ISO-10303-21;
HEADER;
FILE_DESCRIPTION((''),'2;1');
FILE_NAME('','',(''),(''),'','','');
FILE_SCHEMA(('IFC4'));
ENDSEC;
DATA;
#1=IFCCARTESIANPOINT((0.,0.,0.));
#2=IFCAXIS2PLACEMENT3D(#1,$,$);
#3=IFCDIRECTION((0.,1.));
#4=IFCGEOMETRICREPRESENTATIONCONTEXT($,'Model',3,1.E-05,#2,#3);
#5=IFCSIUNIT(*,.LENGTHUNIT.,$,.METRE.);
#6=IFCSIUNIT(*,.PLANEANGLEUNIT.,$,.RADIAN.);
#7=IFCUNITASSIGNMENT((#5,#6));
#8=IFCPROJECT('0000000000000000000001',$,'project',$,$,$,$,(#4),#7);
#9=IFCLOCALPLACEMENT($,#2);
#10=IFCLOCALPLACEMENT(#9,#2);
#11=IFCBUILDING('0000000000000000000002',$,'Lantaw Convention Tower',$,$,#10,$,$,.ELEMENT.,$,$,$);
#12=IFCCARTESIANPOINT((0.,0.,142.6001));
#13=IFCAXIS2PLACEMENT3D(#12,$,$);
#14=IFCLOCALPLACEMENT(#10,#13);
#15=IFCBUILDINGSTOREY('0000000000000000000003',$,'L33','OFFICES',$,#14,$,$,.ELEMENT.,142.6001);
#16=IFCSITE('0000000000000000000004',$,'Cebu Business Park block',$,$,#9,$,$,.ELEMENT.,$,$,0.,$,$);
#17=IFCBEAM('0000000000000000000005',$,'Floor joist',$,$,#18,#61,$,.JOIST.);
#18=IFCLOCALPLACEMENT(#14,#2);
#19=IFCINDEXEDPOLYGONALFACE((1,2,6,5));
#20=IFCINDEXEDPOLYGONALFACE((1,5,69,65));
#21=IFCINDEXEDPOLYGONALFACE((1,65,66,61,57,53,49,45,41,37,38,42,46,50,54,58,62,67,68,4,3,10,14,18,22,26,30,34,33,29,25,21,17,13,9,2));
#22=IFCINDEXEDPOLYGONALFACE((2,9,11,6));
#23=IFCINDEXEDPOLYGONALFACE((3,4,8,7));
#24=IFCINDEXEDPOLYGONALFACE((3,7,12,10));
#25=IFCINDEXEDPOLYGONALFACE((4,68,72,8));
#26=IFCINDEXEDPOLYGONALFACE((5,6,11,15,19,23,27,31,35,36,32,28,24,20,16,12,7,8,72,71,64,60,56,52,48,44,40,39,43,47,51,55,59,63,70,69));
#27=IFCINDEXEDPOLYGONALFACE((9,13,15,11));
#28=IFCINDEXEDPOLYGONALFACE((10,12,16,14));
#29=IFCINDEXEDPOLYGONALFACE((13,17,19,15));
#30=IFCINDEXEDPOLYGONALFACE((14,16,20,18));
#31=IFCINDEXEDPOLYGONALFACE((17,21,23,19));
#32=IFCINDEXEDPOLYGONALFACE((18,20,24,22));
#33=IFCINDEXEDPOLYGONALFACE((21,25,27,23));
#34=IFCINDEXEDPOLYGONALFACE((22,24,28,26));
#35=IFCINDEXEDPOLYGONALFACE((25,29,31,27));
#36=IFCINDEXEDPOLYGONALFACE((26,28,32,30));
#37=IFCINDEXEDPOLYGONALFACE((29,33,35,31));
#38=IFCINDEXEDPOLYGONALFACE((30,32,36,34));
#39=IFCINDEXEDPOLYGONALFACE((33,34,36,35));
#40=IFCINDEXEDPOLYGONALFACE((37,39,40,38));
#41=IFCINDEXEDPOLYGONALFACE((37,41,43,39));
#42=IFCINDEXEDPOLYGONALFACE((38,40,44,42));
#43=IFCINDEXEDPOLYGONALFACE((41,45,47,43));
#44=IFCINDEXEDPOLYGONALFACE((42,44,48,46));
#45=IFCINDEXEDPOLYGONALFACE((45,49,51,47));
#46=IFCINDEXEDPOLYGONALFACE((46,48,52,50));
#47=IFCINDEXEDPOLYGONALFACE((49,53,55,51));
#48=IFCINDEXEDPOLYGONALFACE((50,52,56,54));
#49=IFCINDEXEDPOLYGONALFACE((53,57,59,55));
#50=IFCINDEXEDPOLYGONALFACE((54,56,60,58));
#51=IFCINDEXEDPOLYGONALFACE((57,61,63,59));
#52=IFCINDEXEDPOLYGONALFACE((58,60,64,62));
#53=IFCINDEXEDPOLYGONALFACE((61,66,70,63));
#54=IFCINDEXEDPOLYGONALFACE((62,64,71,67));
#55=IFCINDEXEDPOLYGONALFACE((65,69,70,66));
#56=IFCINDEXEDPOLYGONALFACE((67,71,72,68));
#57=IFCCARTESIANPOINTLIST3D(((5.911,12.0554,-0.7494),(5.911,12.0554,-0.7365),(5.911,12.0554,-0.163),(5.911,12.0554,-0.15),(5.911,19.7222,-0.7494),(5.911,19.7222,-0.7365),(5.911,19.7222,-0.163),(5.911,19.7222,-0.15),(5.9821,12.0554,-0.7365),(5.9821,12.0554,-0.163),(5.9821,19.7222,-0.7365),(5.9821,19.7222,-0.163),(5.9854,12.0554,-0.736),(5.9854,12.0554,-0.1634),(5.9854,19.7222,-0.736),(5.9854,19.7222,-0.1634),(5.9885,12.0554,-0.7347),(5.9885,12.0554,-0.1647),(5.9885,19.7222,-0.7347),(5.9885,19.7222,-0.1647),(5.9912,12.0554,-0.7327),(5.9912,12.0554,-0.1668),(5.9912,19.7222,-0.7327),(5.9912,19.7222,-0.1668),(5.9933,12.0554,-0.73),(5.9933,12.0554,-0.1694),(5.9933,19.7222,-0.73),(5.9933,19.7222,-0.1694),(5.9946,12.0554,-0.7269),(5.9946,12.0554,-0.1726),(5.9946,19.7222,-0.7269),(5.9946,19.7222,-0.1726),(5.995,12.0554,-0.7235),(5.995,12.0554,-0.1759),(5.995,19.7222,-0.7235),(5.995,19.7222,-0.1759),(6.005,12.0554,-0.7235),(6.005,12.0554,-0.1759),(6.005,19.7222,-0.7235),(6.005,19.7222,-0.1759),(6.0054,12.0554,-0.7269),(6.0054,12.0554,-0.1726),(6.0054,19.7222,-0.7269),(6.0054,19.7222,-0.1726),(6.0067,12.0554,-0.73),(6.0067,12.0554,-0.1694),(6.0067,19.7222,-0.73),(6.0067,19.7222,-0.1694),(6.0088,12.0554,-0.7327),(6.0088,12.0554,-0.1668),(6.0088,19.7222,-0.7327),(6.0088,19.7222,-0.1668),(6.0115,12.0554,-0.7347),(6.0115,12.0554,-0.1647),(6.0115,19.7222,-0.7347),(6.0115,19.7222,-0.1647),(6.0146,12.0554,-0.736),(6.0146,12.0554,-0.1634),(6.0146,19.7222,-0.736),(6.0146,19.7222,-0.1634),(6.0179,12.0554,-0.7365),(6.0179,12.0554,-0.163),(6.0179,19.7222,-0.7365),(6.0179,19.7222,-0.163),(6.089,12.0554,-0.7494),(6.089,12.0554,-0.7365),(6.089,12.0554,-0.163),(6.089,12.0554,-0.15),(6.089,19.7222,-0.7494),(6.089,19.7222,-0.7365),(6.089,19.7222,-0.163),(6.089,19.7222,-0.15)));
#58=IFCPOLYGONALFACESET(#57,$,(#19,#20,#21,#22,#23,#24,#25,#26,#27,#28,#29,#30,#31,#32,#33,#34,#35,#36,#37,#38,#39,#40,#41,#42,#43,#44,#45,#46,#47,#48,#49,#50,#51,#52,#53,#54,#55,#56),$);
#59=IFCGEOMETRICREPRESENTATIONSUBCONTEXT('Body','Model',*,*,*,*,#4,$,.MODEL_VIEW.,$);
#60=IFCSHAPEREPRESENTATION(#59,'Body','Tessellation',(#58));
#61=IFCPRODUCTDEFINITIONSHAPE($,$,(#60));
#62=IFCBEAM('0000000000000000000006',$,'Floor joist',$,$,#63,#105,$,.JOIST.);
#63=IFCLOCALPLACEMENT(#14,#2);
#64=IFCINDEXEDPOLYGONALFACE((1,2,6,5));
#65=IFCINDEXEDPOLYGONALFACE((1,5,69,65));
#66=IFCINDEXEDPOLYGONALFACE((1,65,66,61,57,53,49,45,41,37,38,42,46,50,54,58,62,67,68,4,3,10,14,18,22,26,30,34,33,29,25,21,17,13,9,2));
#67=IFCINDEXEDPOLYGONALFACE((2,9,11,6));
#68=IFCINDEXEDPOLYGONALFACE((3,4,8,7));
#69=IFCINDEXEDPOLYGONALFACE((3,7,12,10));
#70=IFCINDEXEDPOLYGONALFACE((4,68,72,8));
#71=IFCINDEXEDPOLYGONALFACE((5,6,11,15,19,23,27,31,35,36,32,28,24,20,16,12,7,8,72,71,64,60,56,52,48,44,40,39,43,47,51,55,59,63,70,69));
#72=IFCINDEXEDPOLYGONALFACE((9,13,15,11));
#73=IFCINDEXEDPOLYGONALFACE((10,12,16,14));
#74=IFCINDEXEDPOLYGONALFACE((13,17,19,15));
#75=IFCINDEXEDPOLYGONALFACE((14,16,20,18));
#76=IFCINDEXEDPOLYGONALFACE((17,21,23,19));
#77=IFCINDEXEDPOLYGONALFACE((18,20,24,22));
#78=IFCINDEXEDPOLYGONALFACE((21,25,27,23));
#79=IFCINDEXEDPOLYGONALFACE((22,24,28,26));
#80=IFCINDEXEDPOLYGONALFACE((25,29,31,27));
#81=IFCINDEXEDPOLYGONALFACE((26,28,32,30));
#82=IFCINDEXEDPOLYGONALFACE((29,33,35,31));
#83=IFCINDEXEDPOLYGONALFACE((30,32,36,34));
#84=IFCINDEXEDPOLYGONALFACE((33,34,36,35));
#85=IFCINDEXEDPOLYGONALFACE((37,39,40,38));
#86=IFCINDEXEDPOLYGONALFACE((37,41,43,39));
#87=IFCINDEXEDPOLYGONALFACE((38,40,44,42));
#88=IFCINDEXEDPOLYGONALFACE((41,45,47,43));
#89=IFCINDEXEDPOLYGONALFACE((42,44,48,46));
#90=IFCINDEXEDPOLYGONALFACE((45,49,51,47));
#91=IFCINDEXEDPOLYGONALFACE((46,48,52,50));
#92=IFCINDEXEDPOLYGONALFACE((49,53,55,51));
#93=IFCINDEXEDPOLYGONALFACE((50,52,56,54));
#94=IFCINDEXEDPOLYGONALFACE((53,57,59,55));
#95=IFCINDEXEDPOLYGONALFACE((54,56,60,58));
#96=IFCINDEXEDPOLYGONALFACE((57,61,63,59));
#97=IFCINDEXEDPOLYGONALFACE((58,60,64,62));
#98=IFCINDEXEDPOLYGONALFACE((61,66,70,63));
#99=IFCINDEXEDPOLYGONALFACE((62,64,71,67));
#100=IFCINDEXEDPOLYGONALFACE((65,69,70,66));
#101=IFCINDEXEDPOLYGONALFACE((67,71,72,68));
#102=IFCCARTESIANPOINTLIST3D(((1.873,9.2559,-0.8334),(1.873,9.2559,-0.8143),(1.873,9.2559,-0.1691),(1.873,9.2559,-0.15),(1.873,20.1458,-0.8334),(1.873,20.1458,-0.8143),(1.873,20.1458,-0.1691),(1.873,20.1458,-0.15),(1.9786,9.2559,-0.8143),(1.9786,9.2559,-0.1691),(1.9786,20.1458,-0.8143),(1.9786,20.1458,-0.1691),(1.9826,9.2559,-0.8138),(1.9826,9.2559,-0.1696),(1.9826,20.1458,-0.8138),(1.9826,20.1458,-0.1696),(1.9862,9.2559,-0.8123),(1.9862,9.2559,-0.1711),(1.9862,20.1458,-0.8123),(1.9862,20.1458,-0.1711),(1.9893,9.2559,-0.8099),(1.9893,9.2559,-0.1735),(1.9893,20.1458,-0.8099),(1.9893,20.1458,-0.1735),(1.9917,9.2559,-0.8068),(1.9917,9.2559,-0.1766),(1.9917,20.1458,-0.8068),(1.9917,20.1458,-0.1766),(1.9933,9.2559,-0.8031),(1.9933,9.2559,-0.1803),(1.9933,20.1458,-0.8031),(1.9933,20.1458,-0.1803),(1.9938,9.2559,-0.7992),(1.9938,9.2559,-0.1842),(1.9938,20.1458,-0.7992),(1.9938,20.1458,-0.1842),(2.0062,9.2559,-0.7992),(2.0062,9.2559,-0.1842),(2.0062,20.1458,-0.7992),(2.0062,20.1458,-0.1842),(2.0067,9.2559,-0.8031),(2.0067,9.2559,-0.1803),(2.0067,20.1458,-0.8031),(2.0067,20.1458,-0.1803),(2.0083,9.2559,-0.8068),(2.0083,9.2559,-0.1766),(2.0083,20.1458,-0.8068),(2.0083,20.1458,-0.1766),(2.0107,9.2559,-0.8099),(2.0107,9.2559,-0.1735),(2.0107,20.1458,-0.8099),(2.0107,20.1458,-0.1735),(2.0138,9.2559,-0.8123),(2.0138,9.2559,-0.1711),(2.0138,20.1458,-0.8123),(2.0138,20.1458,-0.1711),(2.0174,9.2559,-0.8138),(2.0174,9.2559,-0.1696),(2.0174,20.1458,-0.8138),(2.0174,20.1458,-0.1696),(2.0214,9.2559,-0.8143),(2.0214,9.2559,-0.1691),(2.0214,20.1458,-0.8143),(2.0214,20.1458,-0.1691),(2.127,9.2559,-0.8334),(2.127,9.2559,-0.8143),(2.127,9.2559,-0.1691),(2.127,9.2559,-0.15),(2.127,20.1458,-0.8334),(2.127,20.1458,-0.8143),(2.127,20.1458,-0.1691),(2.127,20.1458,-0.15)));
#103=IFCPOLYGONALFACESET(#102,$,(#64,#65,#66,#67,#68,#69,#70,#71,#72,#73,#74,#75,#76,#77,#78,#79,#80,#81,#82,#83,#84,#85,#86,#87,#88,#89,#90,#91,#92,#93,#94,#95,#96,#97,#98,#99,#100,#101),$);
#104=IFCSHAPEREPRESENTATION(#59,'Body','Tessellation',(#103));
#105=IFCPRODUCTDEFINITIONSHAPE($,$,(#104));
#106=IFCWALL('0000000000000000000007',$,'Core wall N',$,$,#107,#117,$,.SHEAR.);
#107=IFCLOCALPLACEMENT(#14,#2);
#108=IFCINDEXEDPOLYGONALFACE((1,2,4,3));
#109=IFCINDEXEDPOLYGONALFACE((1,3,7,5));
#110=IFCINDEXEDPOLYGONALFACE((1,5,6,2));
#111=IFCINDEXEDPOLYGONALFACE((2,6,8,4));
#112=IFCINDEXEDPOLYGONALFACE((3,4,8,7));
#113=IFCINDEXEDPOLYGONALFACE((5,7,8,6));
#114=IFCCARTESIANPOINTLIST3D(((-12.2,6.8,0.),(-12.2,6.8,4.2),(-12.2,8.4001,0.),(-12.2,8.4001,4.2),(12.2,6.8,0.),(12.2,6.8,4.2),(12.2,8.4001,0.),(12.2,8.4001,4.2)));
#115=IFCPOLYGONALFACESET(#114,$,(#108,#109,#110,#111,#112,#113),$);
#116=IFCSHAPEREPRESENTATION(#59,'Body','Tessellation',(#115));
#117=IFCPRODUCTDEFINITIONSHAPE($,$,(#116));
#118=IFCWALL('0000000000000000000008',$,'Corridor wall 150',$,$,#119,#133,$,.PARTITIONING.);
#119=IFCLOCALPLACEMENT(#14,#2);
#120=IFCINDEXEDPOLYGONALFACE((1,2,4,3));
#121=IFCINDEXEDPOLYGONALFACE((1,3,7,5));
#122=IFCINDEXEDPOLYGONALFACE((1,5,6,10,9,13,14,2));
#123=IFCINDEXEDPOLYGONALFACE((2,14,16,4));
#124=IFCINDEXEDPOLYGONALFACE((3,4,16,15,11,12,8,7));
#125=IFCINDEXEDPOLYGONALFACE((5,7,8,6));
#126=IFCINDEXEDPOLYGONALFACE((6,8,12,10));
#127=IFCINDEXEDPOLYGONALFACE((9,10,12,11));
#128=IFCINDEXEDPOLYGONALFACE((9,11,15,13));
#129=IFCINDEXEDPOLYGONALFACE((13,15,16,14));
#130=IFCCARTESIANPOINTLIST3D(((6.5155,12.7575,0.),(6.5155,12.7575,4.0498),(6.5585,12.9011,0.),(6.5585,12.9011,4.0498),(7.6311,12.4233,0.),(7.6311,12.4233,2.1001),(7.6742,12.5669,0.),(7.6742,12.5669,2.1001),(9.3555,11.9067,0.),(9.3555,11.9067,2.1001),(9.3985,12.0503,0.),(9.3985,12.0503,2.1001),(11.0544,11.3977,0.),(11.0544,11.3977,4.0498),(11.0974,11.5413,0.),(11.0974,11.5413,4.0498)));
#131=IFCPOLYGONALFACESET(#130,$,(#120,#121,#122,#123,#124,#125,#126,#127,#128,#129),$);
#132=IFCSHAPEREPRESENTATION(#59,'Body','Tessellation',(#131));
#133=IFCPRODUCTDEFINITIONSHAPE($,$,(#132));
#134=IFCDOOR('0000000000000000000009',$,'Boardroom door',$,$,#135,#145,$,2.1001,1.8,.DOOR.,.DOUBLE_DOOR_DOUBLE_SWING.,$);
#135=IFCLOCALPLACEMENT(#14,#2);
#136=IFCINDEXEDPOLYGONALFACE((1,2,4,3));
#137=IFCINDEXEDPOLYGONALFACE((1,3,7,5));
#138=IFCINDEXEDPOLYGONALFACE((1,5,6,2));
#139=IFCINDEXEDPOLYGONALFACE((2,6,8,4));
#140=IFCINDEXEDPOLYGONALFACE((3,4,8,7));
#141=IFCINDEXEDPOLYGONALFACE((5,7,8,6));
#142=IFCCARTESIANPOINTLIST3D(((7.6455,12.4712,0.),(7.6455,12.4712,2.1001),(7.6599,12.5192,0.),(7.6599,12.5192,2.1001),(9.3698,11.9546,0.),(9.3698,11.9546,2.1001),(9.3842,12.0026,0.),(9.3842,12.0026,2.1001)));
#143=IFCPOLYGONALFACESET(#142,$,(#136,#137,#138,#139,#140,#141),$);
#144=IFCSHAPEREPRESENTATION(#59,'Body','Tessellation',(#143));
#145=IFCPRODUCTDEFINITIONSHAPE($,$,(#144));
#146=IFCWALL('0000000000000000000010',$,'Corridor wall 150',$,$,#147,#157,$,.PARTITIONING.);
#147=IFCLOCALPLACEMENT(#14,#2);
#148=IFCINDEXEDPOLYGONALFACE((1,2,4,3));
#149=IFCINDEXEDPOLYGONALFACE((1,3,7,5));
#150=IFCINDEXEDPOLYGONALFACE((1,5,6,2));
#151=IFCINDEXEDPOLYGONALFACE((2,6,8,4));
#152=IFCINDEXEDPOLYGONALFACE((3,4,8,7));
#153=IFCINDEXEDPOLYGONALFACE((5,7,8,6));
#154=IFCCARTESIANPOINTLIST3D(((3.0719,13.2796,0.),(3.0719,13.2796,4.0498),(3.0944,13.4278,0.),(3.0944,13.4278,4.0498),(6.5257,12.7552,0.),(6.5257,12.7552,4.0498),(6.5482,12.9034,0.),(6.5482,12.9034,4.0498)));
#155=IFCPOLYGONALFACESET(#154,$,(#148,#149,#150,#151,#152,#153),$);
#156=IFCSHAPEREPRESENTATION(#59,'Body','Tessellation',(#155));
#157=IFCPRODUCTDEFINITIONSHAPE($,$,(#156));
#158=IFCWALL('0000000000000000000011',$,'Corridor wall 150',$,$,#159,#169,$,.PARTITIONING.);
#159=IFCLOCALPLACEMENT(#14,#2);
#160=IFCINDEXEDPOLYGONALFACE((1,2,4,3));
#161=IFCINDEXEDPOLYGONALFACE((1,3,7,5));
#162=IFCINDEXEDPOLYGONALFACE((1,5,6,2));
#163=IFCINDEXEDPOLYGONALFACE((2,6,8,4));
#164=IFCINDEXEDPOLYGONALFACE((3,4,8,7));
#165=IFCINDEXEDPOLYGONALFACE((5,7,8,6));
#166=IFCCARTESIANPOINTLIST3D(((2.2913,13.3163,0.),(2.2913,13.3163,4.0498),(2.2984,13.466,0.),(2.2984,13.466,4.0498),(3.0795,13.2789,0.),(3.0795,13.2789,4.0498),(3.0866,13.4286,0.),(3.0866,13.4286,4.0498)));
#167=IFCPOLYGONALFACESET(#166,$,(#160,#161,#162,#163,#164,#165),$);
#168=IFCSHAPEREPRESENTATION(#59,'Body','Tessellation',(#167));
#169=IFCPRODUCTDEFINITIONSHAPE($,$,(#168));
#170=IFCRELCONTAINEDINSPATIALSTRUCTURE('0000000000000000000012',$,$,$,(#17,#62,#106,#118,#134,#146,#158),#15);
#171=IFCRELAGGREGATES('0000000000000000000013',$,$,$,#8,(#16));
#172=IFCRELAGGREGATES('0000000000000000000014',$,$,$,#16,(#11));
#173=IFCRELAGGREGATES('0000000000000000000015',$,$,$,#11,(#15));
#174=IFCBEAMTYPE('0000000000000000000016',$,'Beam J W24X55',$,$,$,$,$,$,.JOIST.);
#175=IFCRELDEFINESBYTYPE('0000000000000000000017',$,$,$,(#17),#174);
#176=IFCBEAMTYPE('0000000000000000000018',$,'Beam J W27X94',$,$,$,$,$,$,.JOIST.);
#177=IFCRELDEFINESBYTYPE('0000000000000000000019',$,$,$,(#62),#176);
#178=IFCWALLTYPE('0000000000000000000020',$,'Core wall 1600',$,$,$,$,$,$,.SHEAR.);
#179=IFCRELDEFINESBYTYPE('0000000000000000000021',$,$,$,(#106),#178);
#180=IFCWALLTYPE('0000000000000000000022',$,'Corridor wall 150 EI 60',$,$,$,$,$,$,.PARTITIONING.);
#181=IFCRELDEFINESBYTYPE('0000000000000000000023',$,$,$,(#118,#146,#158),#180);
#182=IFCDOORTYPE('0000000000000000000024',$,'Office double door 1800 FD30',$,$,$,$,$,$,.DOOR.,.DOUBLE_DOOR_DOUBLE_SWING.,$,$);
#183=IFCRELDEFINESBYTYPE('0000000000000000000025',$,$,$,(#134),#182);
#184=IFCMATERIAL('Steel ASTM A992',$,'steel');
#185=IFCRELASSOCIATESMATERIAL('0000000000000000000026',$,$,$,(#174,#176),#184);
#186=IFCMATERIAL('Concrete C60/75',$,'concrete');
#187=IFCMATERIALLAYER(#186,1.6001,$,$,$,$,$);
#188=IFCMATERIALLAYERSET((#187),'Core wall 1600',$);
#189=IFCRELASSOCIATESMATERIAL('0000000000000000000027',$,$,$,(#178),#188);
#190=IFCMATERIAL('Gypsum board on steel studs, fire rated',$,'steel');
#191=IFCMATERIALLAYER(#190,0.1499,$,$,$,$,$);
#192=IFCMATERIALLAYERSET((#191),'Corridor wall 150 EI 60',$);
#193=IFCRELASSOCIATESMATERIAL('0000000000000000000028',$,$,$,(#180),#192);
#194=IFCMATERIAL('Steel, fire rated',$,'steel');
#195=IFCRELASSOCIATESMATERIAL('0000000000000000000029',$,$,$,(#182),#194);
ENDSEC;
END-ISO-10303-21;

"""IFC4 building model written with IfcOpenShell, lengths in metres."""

from ifc_helpers import new_model, si_unit, direction, frame, frame_2d, origin, origin_2d, place, context, subcontext, project, spatial, rectangle, i_section, extrude, material, layer, layer_set, material_profile, profile_set, type_object, element, fill, save


model = new_model("IFC4")

# Units and contexts
model_context = context("Model", 3, precision=1e-05, world=origin(), true_north=direction((0.0, 1.0)))
body_context = subcontext(model_context, "Body", "Model", "MODEL_VIEW")
ifc_project = project(units=[si_unit("LENGTHUNIT", "METRE"), si_unit("PLANEANGLEUNIT", "RADIAN")], contexts=[model_context])

# Site, building, storey
site_placement = place(None, origin())
site = spatial("IfcSite", under=ifc_project, at=site_placement, Name="Cebu Business Park block", CompositionType="ELEMENT", RefElevation=0.0)
building_placement = place(site_placement, origin())
building = spatial("IfcBuilding", under=site, at=building_placement, Name="Lantaw Convention Tower", CompositionType="ELEMENT")
storey_placement = place(building_placement, frame((0.0, 0.0, 142.6001)))
storey = spatial("IfcBuildingStorey", under=building, at=storey_placement, Name="L33", Description="OFFICES", CompositionType="ELEMENT", Elevation=142.6001)

# Beams
ifc_material_1 = material(Name="Steel ASTM A992", Category="steel")
ifc_material_profile_1 = material_profile(ifc_material_1, i_section(OverallWidth=0.178, OverallDepth=0.5994, WebThickness=0.01, FlangeThickness=0.0129, FilletRadius=0.0129, at=origin_2d()), Name="W24X55")
ifc_profile_set_1 = profile_set([ifc_material_profile_1], Name="Steel ASTM A992")
beam_type_1 = type_object("IfcBeamType", Name="Beam J W24X55", PredefinedType="JOIST", material=ifc_profile_set_1)
beam_1_placement = place(storey_placement, frame((6.0, 12.0554, -0.4497), z_axis=(0.0, 1.0, 0.0), x_axis=(-1.0, 0.0, 0.0)))
element("IfcBeam", 1, at=beam_1_placement, inside=storey, type_object=beam_type_1, Name="Floor joist", PredefinedType="JOIST", context=body_context, shape_type="SweptSolid", body=[
    extrude(i_section(OverallWidth=0.178, OverallDepth=0.5994, WebThickness=0.01, FlangeThickness=0.0129, FilletRadius=0.0129, at=origin_2d()), origin(), (0.0, 0.0, 1.0), 7.6667),
])
ifc_material_profile_2 = material_profile(ifc_material_1, i_section(OverallWidth=0.2539, OverallDepth=0.6833, WebThickness=0.0125, FlangeThickness=0.019, FilletRadius=0.0151, at=origin_2d()), Name="W27X94")
ifc_profile_set_2 = profile_set([ifc_material_profile_2], Name="Steel ASTM A992")
beam_type_2 = type_object("IfcBeamType", Name="Beam J W27X94", PredefinedType="JOIST", material=ifc_profile_set_2)
beam_2_placement = place(storey_placement, frame((2.0, 9.2559, -0.4917), z_axis=(0.0, 1.0, 0.0), x_axis=(-1.0, 0.0, 0.0)))
element("IfcBeam", 2, at=beam_2_placement, inside=storey, type_object=beam_type_2, Name="Floor joist", PredefinedType="JOIST", context=body_context, shape_type="SweptSolid", body=[
    extrude(i_section(OverallWidth=0.2539, OverallDepth=0.6833, WebThickness=0.0125, FlangeThickness=0.019, FilletRadius=0.0151, at=origin_2d()), origin(), (0.0, 0.0, 1.0), 10.8899),
])

# Wall
ifc_material_2 = material(Name="Concrete C60/75", Category="concrete")
ifc_layer_1 = layer(ifc_material_2, 1.6001)
ifc_layer_set_1 = layer_set([ifc_layer_1], Name="Core wall 1600")
wall_type_1 = type_object("IfcWallType", Name="Core wall 1600", PredefinedType="SHEAR", material=ifc_layer_set_1)
wall_1_placement = place(storey_placement, frame((12.2, 7.6001, 0.0), z_axis=(0.0, 0.0, 1.0), x_axis=(-1.0, 0.0, 0.0)))
element("IfcWall", 3, at=wall_1_placement, inside=storey, type_object=wall_type_1, Name="Core wall N", PredefinedType="SHEAR", context=body_context, shape_type="SweptSolid", body=[
    extrude(rectangle(XDim=24.3999, YDim=1.6001, at=frame_2d((12.2, 0.0))), origin(), (0.0, 0.0, 1.0), 4.2),
])

# Wall, opening, door
ifc_material_3 = material(Name="Gypsum board on steel studs, fire rated", Category="steel")
ifc_layer_2 = layer(ifc_material_3, 0.1499)
ifc_layer_set_2 = layer_set([ifc_layer_2], Name="Corridor wall 150 EI 60")
wall_type_2 = type_object("IfcWallType", Name="Corridor wall 150 EI 60", PredefinedType="PARTITIONING", material=ifc_layer_set_2)
wall_2_placement = place(storey_placement, frame((11.0759, 11.4695, 0.0), z_axis=(0.0, 0.0, 1.0), x_axis=(-0.957934, 0.286989, 0.0)))
wall_2 = element("IfcWall", 4, at=wall_2_placement, inside=storey, type_object=wall_type_2, Name="Corridor wall 150", PredefinedType="PARTITIONING", context=body_context, shape_type="SweptSolid", body=[
    extrude(rectangle(XDim=4.7383, YDim=0.1499, at=frame_2d((2.3691, 0.0))), origin(), (0.0, 0.0, 1.0), 4.0498),
])
opening_1_placement = place(wall_2_placement, frame((1.7737, 0.0, 0.0)))
opening_1 = element("IfcOpeningElement", 5, at=opening_1_placement, cuts=wall_2, PredefinedType="OPENING", context=body_context, shape_type="SweptSolid", body=[
    extrude(rectangle(XDim=1.8, YDim=2.1001, at=frame_2d((0.8999, 1.05))), frame((0.0, 0.085, 0.0), z_axis=(0.0, -1.0, 0.0), x_axis=(1.0, 0.0, 0.0)), (0.0, 0.0, 1.0), 0.1699),
])
ifc_material_4 = material(Name="Steel, fire rated", Category="steel")
door_type_1 = type_object("IfcDoorType", Name="Office double door 1800 FD30", OperationType="DOUBLE_DOOR_DOUBLE_SWING", PredefinedType="DOOR", material=ifc_material_4)
door_1_placement = place(opening_1_placement, origin())
door_1 = element("IfcDoor", 6, at=door_1_placement, inside=storey, type_object=door_type_1, Name="Boardroom door", OperationType="DOUBLE_DOOR_DOUBLE_SWING", OverallHeight=2.1001, OverallWidth=1.8, PredefinedType="DOOR", context=body_context, shape_type="SweptSolid", body=[
    extrude(rectangle(XDim=1.8, YDim=2.1001, at=frame_2d((0.8999, 1.05))), frame((0.0, 0.0249, 0.0), z_axis=(0.0, -1.0, 0.0), x_axis=(1.0, 0.0, 0.0)), (0.0, 0.0, 1.0), 0.05),
])
fill(opening_1, door_1)

# Walls
wall_3_placement = place(storey_placement, frame((6.5369, 12.8293, 0.0), z_axis=(0.0, 0.0, 1.0), x_axis=(-0.988669, 0.150114, 0.0)))
element("IfcWall", 7, at=wall_3_placement, inside=storey, type_object=wall_type_2, Name="Corridor wall 150", PredefinedType="PARTITIONING", context=body_context, shape_type="SweptSolid", body=[
    extrude(rectangle(XDim=3.4934, YDim=0.1499, at=frame_2d((1.7466, 0.0))), origin(), (0.0, 0.0, 1.0), 4.0498),
])
wall_4_placement = place(storey_placement, frame((3.083, 13.3538, 0.0), z_axis=(0.0, 0.0, 1.0), x_axis=(-0.998879, 0.047345, 0.0)))
element("IfcWall", 8, at=wall_4_placement, inside=storey, type_object=wall_type_2, Name="Corridor wall 150", PredefinedType="PARTITIONING", context=body_context, shape_type="SweptSolid", body=[
    extrude(rectangle(XDim=0.7891, YDim=0.1499, at=frame_2d((0.3945, 0.0))), origin(), (0.0, 0.0, 1.0), 4.0498),
])

save(model, "model.ifc")
